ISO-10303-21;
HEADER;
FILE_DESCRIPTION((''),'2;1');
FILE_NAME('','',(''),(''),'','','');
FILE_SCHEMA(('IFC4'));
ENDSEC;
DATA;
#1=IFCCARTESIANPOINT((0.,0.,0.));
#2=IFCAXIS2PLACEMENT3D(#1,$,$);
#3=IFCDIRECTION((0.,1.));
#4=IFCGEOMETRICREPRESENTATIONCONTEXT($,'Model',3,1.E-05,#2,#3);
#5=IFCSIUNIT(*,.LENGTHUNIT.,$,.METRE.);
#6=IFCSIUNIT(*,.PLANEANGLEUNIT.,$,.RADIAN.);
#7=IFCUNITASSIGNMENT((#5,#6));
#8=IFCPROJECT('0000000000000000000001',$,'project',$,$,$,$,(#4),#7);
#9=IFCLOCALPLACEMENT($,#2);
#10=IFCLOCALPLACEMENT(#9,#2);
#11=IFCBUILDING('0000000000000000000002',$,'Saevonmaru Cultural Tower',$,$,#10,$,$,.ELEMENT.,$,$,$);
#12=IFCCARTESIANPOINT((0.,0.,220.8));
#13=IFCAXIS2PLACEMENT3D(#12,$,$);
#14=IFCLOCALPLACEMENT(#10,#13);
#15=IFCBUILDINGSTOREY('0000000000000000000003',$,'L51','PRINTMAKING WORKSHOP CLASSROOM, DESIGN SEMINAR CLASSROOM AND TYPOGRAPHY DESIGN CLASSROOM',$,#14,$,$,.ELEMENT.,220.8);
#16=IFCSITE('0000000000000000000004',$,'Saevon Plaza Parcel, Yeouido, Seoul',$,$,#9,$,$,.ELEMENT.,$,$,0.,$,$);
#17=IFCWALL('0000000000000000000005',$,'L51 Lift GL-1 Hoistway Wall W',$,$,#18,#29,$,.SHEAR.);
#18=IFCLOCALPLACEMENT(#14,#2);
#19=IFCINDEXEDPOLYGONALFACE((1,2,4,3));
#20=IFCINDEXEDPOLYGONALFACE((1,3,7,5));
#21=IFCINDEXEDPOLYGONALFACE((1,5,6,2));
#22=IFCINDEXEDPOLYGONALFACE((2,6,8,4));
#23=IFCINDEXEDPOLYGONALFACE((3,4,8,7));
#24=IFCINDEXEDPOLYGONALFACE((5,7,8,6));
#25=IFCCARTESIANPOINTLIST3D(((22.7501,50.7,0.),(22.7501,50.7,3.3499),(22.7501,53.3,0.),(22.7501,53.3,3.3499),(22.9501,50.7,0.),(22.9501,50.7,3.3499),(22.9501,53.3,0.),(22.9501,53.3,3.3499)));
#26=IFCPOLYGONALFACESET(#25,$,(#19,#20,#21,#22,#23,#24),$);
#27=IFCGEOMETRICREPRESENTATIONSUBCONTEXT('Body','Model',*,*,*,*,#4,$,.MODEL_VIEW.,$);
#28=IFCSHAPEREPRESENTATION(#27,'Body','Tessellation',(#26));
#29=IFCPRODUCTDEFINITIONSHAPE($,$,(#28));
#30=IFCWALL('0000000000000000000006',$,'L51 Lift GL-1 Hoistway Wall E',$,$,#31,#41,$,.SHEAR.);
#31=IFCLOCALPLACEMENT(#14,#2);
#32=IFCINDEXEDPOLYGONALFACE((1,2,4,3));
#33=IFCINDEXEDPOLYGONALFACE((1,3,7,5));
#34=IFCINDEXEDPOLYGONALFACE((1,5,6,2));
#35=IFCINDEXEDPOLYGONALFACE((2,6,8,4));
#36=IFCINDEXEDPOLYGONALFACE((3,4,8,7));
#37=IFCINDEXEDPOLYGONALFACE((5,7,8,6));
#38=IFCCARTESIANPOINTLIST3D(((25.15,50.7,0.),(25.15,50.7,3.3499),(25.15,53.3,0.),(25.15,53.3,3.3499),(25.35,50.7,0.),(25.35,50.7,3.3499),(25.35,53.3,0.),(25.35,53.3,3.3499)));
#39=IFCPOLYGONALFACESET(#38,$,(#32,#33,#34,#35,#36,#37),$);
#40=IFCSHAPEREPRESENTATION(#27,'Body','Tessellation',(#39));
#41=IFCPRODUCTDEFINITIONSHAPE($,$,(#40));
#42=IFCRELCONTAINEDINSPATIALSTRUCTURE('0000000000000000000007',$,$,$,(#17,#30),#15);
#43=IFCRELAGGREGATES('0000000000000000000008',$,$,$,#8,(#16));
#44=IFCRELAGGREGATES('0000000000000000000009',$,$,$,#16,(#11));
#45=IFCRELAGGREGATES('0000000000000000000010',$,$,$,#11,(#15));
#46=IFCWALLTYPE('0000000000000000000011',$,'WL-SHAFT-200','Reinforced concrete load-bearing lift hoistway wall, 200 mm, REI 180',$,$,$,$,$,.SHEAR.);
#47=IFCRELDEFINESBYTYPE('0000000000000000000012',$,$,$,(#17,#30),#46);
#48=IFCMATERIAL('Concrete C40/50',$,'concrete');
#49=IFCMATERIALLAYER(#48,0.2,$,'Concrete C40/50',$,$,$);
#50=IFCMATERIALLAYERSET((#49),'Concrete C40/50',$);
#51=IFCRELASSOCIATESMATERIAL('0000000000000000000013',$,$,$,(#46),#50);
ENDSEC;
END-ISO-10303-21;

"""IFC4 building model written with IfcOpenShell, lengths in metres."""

from ifc_helpers import new_model, si_unit, direction, frame, frame_2d, origin, place, context, subcontext, project, spatial, rectangle, extrude, material, layer, layer_set, type_object, element, save


model = new_model("IFC4")

# Units and contexts
model_context = context("Model", 3, precision=1e-05, world=origin(), true_north=direction((0.0, 1.0)))
body_context = subcontext(model_context, "Body", "Model", "MODEL_VIEW")
ifc_project = project(units=[si_unit("LENGTHUNIT", "METRE"), si_unit("PLANEANGLEUNIT", "RADIAN")], contexts=[model_context])

# Site, building, storey
site_placement = place(None, origin())
site = spatial("IfcSite", under=ifc_project, at=site_placement, Name="Saevon Plaza Parcel, Yeouido, Seoul", CompositionType="ELEMENT", RefElevation=0.0)
building_placement = place(site_placement, origin())
building = spatial("IfcBuilding", under=site, at=building_placement, Name="Saevonmaru Cultural Tower", CompositionType="ELEMENT")
storey_placement = place(building_placement, frame((0.0, 0.0, 220.8)))
storey = spatial("IfcBuildingStorey", under=building, at=storey_placement, Name="L51", Description="PRINTMAKING WORKSHOP CLASSROOM, DESIGN SEMINAR CLASSROOM AND TYPOGRAPHY DESIGN CLASSROOM", CompositionType="ELEMENT", Elevation=220.8)

# Walls
ifc_material_1 = material(Name="Concrete C40/50", Category="concrete")
ifc_layer_1 = layer(ifc_material_1, 0.2, Name="Concrete C40/50")
ifc_layer_set_1 = layer_set([ifc_layer_1], Name="Concrete C40/50")
wall_type_1 = type_object("IfcWallType", Name="WL-SHAFT-200", Description="Reinforced concrete load-bearing lift hoistway wall, 200 mm, REI 180", PredefinedType="SHEAR", material=ifc_layer_set_1)
for number, where, z_axis, x_axis, name in (
    (1, (22.8501, 50.7, 0.0), (0.0, 0.0, 1.0), (0.0, 1.0, 0.0), "L51 Lift GL-1 Hoistway Wall W"),
    (2, (25.25, 50.7, 0.0), (0.0, 0.0, 1.0), (0.0, 1.0, 0.0), "L51 Lift GL-1 Hoistway Wall E"),
):
    element("IfcWall", number, at=place(storey_placement, frame(where, z_axis=z_axis, x_axis=x_axis)), inside=storey, type_object=wall_type_1, Name=name, PredefinedType="SHEAR", context=body_context, shape_type="SweptSolid", body=[
        extrude(rectangle(XDim=2.6001, YDim=0.2, at=frame_2d((1.3, 0.0))), origin(), (0.0, 0.0, 1.0), 3.3499),
    ])

save(model, "model.ifc")
